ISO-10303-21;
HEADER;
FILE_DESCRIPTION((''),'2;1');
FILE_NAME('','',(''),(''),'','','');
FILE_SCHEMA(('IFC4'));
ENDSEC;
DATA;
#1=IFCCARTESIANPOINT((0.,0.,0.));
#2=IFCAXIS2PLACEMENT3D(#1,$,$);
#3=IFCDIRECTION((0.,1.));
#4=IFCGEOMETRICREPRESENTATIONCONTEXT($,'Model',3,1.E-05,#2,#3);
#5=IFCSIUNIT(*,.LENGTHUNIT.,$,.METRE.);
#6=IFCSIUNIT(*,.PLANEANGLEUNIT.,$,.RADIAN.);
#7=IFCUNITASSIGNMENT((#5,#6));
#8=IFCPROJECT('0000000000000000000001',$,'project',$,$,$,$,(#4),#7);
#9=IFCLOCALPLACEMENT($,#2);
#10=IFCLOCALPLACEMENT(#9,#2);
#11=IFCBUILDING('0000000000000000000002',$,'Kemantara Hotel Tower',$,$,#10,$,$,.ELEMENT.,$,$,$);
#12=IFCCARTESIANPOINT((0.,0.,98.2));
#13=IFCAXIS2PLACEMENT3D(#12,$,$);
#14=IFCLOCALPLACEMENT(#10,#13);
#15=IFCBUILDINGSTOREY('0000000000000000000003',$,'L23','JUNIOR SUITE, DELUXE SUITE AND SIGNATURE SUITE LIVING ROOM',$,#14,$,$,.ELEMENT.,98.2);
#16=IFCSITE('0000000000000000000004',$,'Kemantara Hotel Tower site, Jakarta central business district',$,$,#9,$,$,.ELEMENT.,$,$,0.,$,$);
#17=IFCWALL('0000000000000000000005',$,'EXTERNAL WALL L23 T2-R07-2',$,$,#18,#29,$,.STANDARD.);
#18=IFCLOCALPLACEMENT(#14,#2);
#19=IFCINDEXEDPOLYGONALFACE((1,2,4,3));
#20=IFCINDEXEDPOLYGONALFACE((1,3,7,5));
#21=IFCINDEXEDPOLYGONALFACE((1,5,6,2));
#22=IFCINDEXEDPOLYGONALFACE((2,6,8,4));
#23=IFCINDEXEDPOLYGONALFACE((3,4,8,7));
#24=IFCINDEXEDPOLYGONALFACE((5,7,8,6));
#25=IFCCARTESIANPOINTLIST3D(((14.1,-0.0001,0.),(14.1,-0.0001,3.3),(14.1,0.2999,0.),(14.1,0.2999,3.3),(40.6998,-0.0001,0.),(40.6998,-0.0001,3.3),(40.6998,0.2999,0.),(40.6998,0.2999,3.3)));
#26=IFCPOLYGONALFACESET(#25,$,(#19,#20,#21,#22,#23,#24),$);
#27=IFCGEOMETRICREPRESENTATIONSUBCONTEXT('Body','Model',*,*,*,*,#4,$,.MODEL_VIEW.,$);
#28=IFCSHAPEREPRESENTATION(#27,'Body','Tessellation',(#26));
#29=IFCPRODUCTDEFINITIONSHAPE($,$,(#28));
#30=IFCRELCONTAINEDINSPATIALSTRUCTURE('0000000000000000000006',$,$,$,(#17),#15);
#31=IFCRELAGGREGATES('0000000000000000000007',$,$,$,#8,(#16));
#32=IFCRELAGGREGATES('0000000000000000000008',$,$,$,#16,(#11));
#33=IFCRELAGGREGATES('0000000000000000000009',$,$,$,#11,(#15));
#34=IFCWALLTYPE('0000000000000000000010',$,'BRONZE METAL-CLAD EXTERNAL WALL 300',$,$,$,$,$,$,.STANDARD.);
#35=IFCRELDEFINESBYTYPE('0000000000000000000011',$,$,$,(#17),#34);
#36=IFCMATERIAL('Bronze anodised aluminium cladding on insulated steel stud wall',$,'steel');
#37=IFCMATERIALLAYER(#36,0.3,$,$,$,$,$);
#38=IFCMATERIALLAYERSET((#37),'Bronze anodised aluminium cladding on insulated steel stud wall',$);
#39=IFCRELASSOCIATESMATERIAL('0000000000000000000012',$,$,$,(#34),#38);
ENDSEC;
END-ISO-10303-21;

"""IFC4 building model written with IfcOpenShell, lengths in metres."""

from ifc_helpers import new_model, si_unit, direction, frame, frame_2d, origin, place, context, subcontext, project, spatial, rectangle, extrude, material, layer, layer_set, type_object, element, save


model = new_model("IFC4")

# Units and contexts
model_context = context("Model", 3, precision=1e-05, world=origin(), true_north=direction((0.0, 1.0)))
body_context = subcontext(model_context, "Body", "Model", "MODEL_VIEW")
ifc_project = project(units=[si_unit("LENGTHUNIT", "METRE"), si_unit("PLANEANGLEUNIT", "RADIAN")], contexts=[model_context])

# Site, building, storey
site_placement = place(None, origin())
site = spatial("IfcSite", under=ifc_project, at=site_placement, Name="Kemantara Hotel Tower site, Jakarta central business district", CompositionType="ELEMENT", RefElevation=0.0)
building_placement = place(site_placement, origin())
building = spatial("IfcBuilding", under=site, at=building_placement, Name="Kemantara Hotel Tower", CompositionType="ELEMENT")
storey_placement = place(building_placement, frame((0.0, 0.0, 98.2)))
storey = spatial("IfcBuildingStorey", under=building, at=storey_placement, Name="L23", Description="JUNIOR SUITE, DELUXE SUITE AND SIGNATURE SUITE LIVING ROOM", CompositionType="ELEMENT", Elevation=98.2)

# Wall
ifc_material_1 = material(Name="Bronze anodised aluminium cladding on insulated steel stud wall", Category="steel")
ifc_layer_1 = layer(ifc_material_1, 0.3)
ifc_layer_set_1 = layer_set([ifc_layer_1], Name="Bronze anodised aluminium cladding on insulated steel stud wall")
wall_type_1 = type_object("IfcWallType", Name="BRONZE METAL-CLAD EXTERNAL WALL 300", PredefinedType="STANDARD", material=ifc_layer_set_1)
wall_1_placement = place(storey_placement, frame((14.1001, 0.1499, 0.0), z_axis=(0.0, 0.0, 1.0), x_axis=(1.0, 0.0, 0.0)))
element("IfcWall", 1, at=wall_1_placement, inside=storey, type_object=wall_type_1, Name="EXTERNAL WALL L23 T2-R07-2", PredefinedType="STANDARD", context=body_context, shape_type="SweptSolid", body=[
    extrude(rectangle(XDim=26.5999, YDim=0.3, at=frame_2d((13.2998, 0.0))), origin(), (0.0, 0.0, 1.0), 3.3),
])

save(model, "model.ifc")
